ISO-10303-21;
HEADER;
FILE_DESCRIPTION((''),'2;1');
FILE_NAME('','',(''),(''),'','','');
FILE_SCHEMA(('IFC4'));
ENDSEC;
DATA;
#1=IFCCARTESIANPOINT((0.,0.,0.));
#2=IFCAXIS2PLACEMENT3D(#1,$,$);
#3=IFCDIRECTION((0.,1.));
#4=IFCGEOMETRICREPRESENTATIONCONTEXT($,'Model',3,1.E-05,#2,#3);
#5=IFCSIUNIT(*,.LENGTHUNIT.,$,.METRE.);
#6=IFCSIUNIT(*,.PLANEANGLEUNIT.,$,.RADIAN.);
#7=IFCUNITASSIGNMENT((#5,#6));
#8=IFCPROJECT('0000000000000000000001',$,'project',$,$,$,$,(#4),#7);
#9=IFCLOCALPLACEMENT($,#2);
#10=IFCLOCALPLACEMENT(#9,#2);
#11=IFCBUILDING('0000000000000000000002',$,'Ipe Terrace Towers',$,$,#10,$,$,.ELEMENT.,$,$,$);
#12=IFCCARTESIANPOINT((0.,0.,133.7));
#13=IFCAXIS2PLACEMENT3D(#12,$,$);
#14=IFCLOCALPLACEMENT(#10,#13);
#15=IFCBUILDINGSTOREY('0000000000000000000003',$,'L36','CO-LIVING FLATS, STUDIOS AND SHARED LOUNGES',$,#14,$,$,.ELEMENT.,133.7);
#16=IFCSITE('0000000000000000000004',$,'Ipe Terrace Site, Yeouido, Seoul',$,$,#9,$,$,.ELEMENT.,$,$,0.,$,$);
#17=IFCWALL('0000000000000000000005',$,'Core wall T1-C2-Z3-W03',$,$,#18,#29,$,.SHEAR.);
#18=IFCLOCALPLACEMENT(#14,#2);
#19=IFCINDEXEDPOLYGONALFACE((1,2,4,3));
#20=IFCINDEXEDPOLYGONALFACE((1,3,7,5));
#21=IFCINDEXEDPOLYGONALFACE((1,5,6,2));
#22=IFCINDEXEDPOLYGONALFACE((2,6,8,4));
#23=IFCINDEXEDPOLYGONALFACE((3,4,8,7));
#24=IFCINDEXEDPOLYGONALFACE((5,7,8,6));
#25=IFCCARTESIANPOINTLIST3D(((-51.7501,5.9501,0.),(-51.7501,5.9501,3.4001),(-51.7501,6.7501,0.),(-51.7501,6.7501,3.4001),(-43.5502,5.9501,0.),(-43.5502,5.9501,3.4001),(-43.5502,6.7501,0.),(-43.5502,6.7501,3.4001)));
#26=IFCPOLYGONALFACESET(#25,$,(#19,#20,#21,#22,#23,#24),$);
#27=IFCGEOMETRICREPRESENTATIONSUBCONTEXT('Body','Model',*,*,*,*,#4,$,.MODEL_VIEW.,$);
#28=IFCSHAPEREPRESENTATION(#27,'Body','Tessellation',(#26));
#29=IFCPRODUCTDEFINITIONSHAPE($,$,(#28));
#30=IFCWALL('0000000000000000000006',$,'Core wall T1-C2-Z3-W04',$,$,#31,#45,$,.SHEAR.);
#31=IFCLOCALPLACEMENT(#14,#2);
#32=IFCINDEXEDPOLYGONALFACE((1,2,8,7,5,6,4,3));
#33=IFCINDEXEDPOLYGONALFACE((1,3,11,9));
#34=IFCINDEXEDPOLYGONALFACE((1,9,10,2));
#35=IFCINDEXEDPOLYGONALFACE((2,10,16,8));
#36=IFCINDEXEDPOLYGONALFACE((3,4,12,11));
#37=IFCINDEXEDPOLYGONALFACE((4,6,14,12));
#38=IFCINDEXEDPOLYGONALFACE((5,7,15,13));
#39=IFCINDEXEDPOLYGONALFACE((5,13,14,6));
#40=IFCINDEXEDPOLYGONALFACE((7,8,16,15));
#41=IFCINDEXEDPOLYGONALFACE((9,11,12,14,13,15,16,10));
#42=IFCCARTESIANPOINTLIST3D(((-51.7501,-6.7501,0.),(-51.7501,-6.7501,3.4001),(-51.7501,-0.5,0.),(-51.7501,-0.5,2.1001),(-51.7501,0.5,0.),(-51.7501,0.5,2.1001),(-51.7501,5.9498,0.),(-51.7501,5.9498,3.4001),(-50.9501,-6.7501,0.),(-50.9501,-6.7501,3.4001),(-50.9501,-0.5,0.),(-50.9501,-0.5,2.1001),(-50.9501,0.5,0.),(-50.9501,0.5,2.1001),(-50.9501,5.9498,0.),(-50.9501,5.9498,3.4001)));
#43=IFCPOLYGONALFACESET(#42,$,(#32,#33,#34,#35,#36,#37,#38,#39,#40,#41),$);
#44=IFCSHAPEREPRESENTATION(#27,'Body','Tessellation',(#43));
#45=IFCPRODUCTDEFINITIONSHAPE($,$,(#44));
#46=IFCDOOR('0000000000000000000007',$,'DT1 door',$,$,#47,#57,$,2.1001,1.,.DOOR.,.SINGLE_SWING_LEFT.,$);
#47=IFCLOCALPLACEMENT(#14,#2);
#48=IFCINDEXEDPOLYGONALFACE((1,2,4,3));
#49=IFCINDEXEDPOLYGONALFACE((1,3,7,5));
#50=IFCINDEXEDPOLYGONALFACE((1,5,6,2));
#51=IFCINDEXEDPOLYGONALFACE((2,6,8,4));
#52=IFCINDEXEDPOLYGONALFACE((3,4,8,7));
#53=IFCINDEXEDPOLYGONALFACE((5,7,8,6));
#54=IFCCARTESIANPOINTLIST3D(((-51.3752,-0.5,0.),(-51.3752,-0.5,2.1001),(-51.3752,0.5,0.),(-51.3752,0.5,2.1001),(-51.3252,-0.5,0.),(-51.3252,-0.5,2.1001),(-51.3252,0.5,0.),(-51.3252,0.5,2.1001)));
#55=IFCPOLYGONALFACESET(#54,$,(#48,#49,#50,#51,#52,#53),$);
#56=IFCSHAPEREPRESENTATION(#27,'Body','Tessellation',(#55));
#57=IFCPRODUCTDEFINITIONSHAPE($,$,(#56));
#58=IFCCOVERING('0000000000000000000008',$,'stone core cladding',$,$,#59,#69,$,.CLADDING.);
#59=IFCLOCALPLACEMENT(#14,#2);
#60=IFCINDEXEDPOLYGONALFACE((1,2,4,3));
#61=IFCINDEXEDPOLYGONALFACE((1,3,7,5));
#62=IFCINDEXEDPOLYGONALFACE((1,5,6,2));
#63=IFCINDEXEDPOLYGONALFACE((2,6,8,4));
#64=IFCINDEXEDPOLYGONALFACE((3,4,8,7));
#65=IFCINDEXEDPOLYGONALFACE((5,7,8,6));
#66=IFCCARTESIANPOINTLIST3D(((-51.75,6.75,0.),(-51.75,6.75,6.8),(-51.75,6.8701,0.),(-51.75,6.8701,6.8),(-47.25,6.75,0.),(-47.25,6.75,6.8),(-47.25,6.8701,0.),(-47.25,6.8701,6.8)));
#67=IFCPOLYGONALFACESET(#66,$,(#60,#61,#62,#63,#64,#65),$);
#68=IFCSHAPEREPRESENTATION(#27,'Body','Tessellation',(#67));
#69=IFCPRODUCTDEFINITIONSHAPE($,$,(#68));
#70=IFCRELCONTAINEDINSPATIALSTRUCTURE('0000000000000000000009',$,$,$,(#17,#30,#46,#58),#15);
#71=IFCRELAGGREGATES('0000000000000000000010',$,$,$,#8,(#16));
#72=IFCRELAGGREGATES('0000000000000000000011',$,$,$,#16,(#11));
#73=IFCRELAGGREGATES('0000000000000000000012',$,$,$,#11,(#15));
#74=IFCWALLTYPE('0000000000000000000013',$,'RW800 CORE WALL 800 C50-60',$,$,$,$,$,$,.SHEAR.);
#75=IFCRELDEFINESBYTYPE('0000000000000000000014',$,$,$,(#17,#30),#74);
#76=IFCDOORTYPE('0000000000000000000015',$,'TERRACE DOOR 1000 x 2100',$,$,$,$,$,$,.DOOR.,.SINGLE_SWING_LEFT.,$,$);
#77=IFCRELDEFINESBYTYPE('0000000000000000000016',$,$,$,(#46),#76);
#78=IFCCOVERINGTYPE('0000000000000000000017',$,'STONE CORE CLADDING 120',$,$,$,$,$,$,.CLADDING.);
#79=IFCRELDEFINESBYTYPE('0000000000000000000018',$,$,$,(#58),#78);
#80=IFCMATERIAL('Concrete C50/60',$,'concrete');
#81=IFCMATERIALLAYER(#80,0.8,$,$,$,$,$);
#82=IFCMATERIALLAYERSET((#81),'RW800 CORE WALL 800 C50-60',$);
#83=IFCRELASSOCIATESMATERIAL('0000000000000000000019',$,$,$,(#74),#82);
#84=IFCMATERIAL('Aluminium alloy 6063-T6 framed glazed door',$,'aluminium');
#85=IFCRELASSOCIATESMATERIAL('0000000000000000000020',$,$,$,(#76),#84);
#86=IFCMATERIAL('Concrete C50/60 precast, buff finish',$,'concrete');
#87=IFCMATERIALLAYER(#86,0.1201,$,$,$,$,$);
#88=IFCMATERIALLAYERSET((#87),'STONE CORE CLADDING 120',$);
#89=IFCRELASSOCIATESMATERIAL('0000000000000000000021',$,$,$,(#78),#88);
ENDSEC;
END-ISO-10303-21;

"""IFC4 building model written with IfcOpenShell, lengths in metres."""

from ifc_helpers import new_model, si_unit, direction, frame, frame_2d, origin, origin_2d, place, context, subcontext, project, spatial, rectangle, extrude, material, layer, layer_set, type_object, element, fill, save


model = new_model("IFC4")

# Units and contexts
model_context = context("Model", 3, precision=1e-05, world=origin(), true_north=direction((0.0, 1.0)))
body_context = subcontext(model_context, "Body", "Model", "MODEL_VIEW")
ifc_project = project(units=[si_unit("LENGTHUNIT", "METRE"), si_unit("PLANEANGLEUNIT", "RADIAN")], contexts=[model_context])

# Site, building, storey
site_placement = place(None, origin())
site = spatial("IfcSite", under=ifc_project, at=site_placement, Name="Ipe Terrace Site, Yeouido, Seoul", CompositionType="ELEMENT", RefElevation=0.0)
building_placement = place(site_placement, origin())
building = spatial("IfcBuilding", under=site, at=building_placement, Name="Ipe Terrace Towers", CompositionType="ELEMENT")
storey_placement = place(building_placement, frame((0.0, 0.0, 133.7)))
storey = spatial("IfcBuildingStorey", under=building, at=storey_placement, Name="L36", Description="CO-LIVING FLATS, STUDIOS AND SHARED LOUNGES", CompositionType="ELEMENT", Elevation=133.7)

# Wall
ifc_material_1 = material(Name="Concrete C50/60", Category="concrete")
ifc_layer_1 = layer(ifc_material_1, 0.8)
ifc_layer_set_1 = layer_set([ifc_layer_1], Name="RW800 CORE WALL 800 C50-60")
wall_type_1 = type_object("IfcWallType", Name="RW800 CORE WALL 800 C50-60", PredefinedType="SHEAR", material=ifc_layer_set_1)
wall_1_placement = place(storey_placement, frame((-43.55, 6.3501, 0.0), z_axis=(0.0, 0.0, 1.0), x_axis=(-1.0, 0.0, 0.0)))
element("IfcWall", 1, at=wall_1_placement, inside=storey, type_object=wall_type_1, Name="Core wall T1-C2-Z3-W03", PredefinedType="SHEAR", context=body_context, shape_type="SweptSolid", body=[
    extrude(rectangle(XDim=8.2, YDim=0.8, at=frame_2d((4.1001, 0.0))), origin(), (0.0, 0.0, 1.0), 3.4001),
])

# Wall, opening, door
wall_2_placement = place(storey_placement, frame((-51.3501, 5.95, 0.0), z_axis=(0.0, 0.0, 1.0), x_axis=(0.0, -1.0, 0.0)))
wall_2 = element("IfcWall", 2, at=wall_2_placement, inside=storey, type_object=wall_type_1, Name="Core wall T1-C2-Z3-W04", PredefinedType="SHEAR", context=body_context, shape_type="SweptSolid", body=[
    extrude(rectangle(XDim=12.7, YDim=0.8, at=frame_2d((6.3501, 0.0))), origin(), (0.0, 0.0, 1.0), 3.4001),
])
opening_1_placement = place(wall_2_placement, frame((5.45, 0.0, 0.0)))
opening_1 = element("IfcOpeningElement", 3, at=opening_1_placement, cuts=wall_2, PredefinedType="OPENING", context=body_context, shape_type="SweptSolid", body=[
    extrude(rectangle(XDim=1.0, YDim=2.1001, at=frame_2d((0.5, 1.05))), frame((0.0, 0.4102, 0.0), z_axis=(0.0, -1.0, 0.0), x_axis=(1.0, 0.0, 0.0)), (0.0, 0.0, 1.0), 0.8201),
])
ifc_material_2 = material(Name="Aluminium alloy 6063-T6 framed glazed door", Category="aluminium")
door_type_1 = type_object("IfcDoorType", Name="TERRACE DOOR 1000 x 2100", OperationType="SINGLE_SWING_LEFT", PredefinedType="DOOR", material=ifc_material_2)
door_1_placement = place(opening_1_placement, origin())
door_1 = element("IfcDoor", 4, at=door_1_placement, inside=storey, type_object=door_type_1, Name="DT1 door", OperationType="SINGLE_SWING_LEFT", OverallHeight=2.1001, OverallWidth=1.0, PredefinedType="DOOR", context=body_context, shape_type="SweptSolid", body=[
    extrude(rectangle(XDim=1.0, YDim=2.1001, at=frame_2d((0.5, 1.05))), frame((0.0, 0.0249, 0.0), z_axis=(0.0, -1.0, 0.0), x_axis=(1.0, 0.0, 0.0)), (0.0, 0.0, 1.0), 0.05),
])
fill(opening_1, door_1)

# Covering
ifc_material_3 = material(Name="Concrete C50/60 precast, buff finish", Category="concrete")
ifc_layer_2 = layer(ifc_material_3, 0.1201)
ifc_layer_set_2 = layer_set([ifc_layer_2], Name="STONE CORE CLADDING 120")
covering_type = type_object("IfcCoveringType", Name="STONE CORE CLADDING 120", PredefinedType="CLADDING", material=ifc_layer_set_2)
covering_placement = place(storey_placement, frame((-49.5, 6.8101, 0.0), z_axis=(0.0, 0.0, 1.0), x_axis=(-1.0, 0.0, 0.0)))
element("IfcCovering", 5, at=covering_placement, inside=storey, type_object=covering_type, Name="stone core cladding", PredefinedType="CLADDING", context=body_context, shape_type="SweptSolid", body=[
    extrude(rectangle(XDim=4.5, YDim=0.1201, at=origin_2d()), origin(), (0.0, 0.0, 1.0), 6.8),
])

save(model, "model.ifc")
